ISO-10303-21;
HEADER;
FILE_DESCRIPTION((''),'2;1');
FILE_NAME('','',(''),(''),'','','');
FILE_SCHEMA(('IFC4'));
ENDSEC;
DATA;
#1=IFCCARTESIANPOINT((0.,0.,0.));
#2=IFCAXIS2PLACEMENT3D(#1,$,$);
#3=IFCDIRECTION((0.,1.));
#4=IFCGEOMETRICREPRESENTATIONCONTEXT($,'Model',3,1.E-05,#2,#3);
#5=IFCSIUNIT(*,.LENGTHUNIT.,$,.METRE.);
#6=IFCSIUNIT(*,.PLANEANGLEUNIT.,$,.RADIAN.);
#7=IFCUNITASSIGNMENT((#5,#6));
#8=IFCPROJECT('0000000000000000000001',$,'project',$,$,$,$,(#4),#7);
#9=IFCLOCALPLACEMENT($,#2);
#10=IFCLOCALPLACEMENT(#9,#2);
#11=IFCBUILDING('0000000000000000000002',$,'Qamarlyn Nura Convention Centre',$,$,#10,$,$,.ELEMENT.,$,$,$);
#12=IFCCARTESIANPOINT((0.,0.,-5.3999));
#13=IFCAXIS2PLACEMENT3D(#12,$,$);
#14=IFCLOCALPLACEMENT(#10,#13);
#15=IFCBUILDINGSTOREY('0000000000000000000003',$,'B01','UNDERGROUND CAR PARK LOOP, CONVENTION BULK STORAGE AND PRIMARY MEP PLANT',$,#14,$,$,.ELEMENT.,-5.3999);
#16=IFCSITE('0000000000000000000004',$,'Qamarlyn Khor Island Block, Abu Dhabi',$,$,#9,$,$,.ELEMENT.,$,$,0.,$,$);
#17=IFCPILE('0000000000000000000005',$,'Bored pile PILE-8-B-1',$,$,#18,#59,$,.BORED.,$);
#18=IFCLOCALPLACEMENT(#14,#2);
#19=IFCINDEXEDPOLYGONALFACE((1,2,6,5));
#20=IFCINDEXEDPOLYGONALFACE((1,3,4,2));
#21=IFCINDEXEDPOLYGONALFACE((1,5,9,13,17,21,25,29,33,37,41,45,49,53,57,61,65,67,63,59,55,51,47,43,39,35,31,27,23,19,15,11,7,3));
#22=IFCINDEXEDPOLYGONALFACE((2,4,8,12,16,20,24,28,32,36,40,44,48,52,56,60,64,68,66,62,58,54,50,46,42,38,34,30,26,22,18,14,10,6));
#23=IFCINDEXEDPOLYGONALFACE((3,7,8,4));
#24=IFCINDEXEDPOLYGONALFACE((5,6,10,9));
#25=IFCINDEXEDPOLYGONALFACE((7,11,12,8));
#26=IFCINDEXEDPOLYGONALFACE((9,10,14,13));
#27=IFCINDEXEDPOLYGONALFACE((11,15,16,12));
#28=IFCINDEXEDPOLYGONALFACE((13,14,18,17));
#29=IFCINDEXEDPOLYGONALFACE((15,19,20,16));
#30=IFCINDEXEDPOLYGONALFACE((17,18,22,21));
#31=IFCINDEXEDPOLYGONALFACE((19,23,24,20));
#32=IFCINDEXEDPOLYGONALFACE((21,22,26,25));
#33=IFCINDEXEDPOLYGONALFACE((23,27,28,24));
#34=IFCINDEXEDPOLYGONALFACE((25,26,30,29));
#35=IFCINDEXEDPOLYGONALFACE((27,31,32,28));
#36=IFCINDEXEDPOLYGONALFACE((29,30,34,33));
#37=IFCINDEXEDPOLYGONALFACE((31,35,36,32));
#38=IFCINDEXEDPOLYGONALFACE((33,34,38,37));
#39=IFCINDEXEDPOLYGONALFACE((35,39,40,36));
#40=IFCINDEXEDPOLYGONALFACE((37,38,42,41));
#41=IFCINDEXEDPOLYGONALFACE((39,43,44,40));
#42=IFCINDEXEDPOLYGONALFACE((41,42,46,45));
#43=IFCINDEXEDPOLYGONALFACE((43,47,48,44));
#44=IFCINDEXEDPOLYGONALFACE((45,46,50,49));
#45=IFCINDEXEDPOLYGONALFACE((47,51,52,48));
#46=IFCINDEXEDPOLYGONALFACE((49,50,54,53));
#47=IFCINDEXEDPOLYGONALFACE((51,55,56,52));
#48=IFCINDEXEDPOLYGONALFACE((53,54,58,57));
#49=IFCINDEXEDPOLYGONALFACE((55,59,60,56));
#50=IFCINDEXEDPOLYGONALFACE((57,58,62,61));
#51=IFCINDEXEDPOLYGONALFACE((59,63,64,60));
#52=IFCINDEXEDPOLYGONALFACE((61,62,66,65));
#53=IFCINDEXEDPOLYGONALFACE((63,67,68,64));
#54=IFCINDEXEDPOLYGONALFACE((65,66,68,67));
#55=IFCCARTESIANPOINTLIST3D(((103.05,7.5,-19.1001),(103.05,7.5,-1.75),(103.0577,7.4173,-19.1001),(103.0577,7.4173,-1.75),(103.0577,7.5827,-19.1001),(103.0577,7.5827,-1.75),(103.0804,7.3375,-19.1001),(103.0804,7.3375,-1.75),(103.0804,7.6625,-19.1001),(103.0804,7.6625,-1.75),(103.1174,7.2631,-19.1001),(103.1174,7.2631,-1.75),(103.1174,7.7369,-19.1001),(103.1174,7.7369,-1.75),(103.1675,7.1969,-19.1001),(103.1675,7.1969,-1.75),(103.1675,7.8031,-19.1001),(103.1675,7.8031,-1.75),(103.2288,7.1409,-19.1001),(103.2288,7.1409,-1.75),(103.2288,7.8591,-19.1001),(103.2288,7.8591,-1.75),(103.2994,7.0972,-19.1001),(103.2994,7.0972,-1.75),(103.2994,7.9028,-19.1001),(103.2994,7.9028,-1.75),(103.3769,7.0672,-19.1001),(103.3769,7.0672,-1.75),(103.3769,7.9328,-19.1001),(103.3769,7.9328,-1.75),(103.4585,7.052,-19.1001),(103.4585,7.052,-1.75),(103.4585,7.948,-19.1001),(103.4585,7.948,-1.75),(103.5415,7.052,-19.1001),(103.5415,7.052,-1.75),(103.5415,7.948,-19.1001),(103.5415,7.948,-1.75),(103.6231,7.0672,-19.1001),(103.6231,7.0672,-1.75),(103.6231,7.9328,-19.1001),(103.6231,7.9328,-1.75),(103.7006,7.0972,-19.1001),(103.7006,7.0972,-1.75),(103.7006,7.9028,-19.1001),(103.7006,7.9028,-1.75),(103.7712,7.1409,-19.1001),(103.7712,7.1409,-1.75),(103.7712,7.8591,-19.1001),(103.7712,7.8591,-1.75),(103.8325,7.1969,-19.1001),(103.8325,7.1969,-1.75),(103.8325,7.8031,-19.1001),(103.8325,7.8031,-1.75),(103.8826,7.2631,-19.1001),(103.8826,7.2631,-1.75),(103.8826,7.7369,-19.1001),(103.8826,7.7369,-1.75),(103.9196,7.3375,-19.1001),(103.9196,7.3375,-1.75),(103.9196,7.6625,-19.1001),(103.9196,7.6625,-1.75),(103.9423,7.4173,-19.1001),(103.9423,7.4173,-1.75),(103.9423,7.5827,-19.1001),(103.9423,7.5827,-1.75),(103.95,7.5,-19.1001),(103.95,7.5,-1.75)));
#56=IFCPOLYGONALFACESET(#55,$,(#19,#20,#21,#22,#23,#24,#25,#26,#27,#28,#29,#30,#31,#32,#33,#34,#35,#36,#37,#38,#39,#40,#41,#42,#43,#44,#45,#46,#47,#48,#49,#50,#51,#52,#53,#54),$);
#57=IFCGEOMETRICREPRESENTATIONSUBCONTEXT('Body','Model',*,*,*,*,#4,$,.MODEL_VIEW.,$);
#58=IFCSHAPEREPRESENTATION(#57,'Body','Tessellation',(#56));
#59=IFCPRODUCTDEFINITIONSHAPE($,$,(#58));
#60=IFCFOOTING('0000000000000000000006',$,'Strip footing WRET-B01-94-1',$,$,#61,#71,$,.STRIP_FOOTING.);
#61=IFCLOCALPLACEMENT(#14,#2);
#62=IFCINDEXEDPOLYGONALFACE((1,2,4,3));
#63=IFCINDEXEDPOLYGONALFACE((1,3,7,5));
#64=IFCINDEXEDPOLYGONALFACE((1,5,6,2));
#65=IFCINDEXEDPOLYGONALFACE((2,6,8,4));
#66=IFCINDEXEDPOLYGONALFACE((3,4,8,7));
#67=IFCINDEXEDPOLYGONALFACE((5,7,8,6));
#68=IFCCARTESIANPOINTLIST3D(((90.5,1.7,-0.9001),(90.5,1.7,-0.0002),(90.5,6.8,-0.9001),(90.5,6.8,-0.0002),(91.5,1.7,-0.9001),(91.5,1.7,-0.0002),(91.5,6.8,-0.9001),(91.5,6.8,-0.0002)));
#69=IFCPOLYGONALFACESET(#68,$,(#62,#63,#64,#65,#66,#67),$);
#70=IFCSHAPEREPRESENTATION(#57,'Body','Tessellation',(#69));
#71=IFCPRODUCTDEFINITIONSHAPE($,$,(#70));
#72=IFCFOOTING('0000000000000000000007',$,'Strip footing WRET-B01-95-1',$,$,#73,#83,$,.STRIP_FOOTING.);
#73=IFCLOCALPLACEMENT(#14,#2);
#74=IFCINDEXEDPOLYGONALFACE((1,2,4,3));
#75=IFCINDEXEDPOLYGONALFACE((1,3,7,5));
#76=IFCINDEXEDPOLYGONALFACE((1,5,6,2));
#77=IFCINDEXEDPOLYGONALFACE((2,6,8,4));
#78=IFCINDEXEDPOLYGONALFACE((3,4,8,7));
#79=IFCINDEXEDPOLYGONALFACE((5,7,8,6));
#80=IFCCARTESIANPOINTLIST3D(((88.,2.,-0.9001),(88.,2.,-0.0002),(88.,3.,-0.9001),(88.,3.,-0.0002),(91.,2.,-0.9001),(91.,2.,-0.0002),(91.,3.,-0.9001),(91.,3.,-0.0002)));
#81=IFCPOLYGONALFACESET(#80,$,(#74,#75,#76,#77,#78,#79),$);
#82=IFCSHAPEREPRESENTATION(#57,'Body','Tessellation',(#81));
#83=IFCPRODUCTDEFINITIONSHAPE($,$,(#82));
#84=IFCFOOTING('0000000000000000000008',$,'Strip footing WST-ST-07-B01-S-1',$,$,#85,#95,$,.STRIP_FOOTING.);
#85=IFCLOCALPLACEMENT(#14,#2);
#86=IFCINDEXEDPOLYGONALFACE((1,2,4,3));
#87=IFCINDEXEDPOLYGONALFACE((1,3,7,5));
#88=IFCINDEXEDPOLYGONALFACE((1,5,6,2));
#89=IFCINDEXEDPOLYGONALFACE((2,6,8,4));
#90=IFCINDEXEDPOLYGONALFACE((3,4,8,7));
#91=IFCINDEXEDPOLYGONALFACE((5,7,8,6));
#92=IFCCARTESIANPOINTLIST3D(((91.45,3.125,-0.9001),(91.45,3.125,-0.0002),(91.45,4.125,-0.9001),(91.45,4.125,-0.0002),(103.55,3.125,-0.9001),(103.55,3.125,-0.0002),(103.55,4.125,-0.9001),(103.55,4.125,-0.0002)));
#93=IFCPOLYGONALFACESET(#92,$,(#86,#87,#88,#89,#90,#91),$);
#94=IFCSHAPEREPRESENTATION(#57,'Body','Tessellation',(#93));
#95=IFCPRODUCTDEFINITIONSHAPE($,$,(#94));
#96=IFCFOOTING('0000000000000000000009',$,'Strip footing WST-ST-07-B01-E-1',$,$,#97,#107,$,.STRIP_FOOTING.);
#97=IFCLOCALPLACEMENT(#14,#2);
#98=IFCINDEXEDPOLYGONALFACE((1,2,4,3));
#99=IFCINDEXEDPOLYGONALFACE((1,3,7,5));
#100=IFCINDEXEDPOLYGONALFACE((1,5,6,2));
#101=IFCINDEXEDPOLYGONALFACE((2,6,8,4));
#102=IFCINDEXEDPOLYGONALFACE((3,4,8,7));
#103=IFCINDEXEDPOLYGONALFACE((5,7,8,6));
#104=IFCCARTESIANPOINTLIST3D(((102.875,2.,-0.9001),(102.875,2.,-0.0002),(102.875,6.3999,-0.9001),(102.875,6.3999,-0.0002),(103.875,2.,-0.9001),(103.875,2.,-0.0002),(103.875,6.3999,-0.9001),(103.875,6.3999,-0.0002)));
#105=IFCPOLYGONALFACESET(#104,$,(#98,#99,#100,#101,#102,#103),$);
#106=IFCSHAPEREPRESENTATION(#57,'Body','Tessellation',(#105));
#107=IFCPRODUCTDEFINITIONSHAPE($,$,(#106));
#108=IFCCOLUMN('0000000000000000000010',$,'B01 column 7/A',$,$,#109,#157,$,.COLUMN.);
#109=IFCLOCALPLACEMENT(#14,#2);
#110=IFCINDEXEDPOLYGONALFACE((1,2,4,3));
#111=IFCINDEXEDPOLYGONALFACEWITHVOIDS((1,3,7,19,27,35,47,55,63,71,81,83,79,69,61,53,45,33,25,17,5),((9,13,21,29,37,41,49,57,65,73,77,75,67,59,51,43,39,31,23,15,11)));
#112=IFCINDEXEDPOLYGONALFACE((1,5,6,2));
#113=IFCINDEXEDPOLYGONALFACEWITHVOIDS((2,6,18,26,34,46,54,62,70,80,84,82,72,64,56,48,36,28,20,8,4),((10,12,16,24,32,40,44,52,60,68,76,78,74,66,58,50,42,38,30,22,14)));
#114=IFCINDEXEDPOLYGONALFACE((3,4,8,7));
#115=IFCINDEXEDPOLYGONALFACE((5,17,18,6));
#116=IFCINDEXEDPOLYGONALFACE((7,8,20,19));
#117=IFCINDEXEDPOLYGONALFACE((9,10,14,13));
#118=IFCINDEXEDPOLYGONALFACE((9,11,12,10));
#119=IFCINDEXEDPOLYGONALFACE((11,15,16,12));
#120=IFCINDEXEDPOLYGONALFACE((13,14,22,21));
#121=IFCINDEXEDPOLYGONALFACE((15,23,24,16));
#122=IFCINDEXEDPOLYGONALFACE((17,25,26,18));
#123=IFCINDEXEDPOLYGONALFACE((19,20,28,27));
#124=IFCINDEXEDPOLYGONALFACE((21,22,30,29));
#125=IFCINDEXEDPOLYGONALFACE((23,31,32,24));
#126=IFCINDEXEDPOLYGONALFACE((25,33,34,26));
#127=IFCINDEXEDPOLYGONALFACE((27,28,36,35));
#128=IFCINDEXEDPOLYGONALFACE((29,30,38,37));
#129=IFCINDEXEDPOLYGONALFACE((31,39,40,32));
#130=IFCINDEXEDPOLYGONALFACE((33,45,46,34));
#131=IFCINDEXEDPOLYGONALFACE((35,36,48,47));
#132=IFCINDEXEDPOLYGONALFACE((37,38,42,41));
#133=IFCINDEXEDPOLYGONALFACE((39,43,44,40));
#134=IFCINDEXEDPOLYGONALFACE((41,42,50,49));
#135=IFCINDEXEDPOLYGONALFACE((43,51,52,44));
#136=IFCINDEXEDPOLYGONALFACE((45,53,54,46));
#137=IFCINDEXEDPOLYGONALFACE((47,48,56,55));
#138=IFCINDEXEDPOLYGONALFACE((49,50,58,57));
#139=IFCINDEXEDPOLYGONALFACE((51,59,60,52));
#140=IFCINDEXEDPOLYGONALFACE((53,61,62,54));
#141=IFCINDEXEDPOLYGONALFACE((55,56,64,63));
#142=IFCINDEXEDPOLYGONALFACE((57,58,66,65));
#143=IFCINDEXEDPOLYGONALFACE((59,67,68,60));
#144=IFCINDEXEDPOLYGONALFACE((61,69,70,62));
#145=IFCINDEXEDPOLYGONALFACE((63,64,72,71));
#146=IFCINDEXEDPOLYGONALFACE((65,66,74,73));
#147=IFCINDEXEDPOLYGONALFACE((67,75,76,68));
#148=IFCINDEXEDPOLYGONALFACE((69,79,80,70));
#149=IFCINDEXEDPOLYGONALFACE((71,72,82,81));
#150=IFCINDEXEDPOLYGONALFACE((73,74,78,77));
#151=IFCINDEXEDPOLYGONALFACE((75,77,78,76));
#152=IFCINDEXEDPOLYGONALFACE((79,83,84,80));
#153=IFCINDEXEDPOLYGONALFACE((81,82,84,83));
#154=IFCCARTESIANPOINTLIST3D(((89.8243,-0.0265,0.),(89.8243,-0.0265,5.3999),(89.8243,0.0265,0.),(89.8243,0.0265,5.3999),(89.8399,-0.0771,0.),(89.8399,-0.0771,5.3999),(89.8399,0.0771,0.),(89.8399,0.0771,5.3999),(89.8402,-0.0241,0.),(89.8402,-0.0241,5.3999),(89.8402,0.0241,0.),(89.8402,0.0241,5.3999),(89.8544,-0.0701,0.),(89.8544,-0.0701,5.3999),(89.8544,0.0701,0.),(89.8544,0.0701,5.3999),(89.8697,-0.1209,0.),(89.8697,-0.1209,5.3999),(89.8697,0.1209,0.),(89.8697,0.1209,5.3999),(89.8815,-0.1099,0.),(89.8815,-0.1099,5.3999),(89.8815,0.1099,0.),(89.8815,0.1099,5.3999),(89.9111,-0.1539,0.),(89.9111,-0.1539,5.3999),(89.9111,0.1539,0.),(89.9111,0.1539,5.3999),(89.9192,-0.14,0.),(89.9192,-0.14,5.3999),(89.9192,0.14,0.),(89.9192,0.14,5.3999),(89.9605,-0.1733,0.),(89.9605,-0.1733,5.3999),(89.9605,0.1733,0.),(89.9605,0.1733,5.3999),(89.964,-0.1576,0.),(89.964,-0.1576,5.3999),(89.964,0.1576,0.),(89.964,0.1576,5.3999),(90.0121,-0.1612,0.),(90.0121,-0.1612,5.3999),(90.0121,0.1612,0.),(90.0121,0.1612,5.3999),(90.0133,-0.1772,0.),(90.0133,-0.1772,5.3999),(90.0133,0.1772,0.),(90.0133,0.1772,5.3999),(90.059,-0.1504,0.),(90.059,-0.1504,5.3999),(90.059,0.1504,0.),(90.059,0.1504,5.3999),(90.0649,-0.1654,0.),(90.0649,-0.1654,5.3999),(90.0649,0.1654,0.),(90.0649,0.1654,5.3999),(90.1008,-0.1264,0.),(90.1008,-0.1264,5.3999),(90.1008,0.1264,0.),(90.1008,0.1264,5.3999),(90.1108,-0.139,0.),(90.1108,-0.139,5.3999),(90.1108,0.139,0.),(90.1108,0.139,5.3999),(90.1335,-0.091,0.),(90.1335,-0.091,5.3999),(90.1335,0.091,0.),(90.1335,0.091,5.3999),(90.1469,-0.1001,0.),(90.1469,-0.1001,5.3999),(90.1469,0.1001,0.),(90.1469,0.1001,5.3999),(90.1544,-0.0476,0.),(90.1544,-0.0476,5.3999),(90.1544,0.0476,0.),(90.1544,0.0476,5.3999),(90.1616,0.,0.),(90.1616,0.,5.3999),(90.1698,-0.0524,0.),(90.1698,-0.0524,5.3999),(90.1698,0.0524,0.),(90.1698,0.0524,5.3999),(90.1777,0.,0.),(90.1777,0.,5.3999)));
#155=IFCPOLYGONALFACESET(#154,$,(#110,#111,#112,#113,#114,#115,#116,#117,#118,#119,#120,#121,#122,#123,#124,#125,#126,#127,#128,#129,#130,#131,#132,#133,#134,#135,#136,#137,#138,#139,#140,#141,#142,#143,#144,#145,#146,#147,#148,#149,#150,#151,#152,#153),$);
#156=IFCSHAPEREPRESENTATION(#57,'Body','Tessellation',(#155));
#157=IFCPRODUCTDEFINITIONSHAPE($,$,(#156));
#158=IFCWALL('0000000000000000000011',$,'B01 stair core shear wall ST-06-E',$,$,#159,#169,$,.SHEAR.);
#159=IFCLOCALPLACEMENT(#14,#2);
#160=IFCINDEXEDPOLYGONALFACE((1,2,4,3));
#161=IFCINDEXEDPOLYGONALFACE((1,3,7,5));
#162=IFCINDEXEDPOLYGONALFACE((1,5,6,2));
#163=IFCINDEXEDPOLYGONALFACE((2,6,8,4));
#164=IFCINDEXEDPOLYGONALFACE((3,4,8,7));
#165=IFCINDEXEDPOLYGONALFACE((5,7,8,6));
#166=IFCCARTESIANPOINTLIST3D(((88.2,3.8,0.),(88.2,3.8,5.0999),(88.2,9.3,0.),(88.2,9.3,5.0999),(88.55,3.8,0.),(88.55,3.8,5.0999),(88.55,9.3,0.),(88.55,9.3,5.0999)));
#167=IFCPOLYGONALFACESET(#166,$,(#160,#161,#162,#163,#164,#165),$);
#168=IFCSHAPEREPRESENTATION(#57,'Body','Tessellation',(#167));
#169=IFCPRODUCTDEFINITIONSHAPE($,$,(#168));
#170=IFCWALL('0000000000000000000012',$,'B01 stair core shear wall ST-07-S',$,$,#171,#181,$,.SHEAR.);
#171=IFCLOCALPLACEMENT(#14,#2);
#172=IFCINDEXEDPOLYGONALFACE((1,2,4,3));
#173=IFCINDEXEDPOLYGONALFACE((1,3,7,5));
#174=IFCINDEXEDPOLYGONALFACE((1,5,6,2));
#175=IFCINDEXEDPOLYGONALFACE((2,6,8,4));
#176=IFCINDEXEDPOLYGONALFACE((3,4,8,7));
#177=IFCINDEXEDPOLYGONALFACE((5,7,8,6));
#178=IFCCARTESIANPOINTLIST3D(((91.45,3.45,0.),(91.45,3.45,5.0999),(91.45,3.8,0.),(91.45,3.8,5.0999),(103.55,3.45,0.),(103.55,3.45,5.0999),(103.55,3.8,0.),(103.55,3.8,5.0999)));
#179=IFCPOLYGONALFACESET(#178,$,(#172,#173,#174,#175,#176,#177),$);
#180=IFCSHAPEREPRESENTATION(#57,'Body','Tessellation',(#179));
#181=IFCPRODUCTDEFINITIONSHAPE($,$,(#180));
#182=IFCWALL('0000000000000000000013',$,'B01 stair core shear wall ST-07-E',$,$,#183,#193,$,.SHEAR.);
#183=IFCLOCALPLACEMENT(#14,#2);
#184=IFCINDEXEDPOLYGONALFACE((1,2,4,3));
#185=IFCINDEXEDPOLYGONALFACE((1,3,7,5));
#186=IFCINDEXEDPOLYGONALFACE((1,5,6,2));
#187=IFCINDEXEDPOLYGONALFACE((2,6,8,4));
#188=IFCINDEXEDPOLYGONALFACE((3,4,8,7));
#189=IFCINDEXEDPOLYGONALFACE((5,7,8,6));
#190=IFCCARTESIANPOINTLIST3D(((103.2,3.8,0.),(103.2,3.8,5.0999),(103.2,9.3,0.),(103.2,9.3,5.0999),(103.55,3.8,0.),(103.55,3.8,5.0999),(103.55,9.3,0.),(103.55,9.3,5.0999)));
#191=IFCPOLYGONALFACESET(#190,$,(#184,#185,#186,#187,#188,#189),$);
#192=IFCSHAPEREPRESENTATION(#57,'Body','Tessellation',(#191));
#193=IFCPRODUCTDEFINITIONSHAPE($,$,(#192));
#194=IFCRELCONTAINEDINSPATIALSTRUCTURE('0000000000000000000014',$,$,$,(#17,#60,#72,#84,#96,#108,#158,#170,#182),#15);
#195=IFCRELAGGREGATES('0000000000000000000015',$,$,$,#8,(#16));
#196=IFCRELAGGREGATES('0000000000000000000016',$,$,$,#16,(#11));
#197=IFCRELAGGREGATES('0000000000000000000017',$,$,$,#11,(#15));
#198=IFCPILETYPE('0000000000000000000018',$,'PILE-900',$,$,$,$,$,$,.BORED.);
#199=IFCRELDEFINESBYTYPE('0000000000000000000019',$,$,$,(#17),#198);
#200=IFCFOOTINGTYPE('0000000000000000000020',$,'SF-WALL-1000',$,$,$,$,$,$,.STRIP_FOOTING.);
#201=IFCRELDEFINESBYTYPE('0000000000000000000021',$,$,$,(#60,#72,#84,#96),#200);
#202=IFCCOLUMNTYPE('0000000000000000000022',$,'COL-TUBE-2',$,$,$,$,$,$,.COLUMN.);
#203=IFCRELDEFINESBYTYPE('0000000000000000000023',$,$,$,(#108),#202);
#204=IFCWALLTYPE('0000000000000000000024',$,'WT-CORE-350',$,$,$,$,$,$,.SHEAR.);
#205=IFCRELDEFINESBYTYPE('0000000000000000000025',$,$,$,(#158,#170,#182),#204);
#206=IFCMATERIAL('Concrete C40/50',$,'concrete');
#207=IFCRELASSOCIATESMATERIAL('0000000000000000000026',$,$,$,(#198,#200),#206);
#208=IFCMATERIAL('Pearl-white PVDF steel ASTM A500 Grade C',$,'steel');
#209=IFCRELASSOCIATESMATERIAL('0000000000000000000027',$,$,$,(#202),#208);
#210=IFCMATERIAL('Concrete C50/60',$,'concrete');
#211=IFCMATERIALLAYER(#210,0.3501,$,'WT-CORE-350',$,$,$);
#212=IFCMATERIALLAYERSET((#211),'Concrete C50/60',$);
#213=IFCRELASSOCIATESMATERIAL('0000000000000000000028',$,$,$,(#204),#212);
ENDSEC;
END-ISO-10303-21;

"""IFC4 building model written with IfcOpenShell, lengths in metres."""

from ifc_helpers import new_model, si_unit, direction, frame, frame_2d, origin, origin_2d, place, context, subcontext, project, spatial, rectangle, circle, hollow_circle, extrude, material, layer, layer_set, material_profile, profile_set, type_object, element, save


model = new_model("IFC4")

# Units and contexts
model_context = context("Model", 3, precision=1e-05, world=origin(), true_north=direction((0.0, 1.0)))
body_context = subcontext(model_context, "Body", "Model", "MODEL_VIEW")
ifc_project = project(units=[si_unit("LENGTHUNIT", "METRE"), si_unit("PLANEANGLEUNIT", "RADIAN")], contexts=[model_context])

# Site, building, storey
site_placement = place(None, origin())
site = spatial("IfcSite", under=ifc_project, at=site_placement, Name="Qamarlyn Khor Island Block, Abu Dhabi", CompositionType="ELEMENT", RefElevation=0.0)
building_placement = place(site_placement, origin())
building = spatial("IfcBuilding", under=site, at=building_placement, Name="Qamarlyn Nura Convention Centre", CompositionType="ELEMENT")
storey_placement = place(building_placement, frame((0.0, 0.0, -5.3999)))
storey = spatial("IfcBuildingStorey", under=building, at=storey_placement, Name="B01", Description="UNDERGROUND CAR PARK LOOP, CONVENTION BULK STORAGE AND PRIMARY MEP PLANT", CompositionType="ELEMENT", Elevation=-5.3999)

# Shared definitions
ifc_material_1 = material(Name="Concrete C40/50", Category="concrete")

# Pile
ifc_material_profile_1 = material_profile(ifc_material_1, circle(Radius=0.45, at=origin_2d()), Name="BORED PILE 900")
ifc_profile_set_1 = profile_set([ifc_material_profile_1], Name="Concrete C40/50")
pile_type = type_object("IfcPileType", Name="PILE-900", PredefinedType="BORED", material=ifc_profile_set_1)
for number, where, z_axis, x_axis, name in (
    (1, (103.5, 7.5, -1.75), (0.0, 0.0, -1.0), (1.0, 0.0, 0.0), "Bored pile PILE-8-B-1"),
):
    element("IfcPile", number, at=place(storey_placement, frame(where, z_axis=z_axis, x_axis=x_axis)), inside=storey, type_object=pile_type, Name=name, PredefinedType="BORED", context=body_context, shape_type="SweptSolid", body=[
        extrude(circle(Radius=0.45, at=origin_2d()), origin(), (0.0, 0.0, 1.0), 17.3501),
    ])

# Footings
ifc_material_profile_2 = material_profile(ifc_material_1, rectangle(XDim=1.0, YDim=0.8999, at=origin_2d()), Name="RC STRIP 1000x900")
ifc_profile_set_2 = profile_set([ifc_material_profile_2], Name="Concrete C40/50")
footing_type_1 = type_object("IfcFootingType", Name="SF-WALL-1000", PredefinedType="STRIP_FOOTING", material=ifc_profile_set_2)
footing_1_placement = place(storey_placement, frame((91.0, 1.7, -0.4502), z_axis=(0.0, 1.0, 0.0), x_axis=(-1.0, 0.0, 0.0)))
element("IfcFooting", 2, at=footing_1_placement, inside=storey, type_object=footing_type_1, Name="Strip footing WRET-B01-94-1", PredefinedType="STRIP_FOOTING", context=body_context, shape_type="SweptSolid", body=[
    extrude(rectangle(XDim=1.0, YDim=0.8999, at=origin_2d()), origin(), (0.0, 0.0, 1.0), 5.1001),
])
footing_2_placement = place(storey_placement, frame((91.0, 2.5, -0.4502), z_axis=(-1.0, 0.0, 0.0), x_axis=(0.0, -1.0, 0.0)))
element("IfcFooting", 3, at=footing_2_placement, inside=storey, type_object=footing_type_1, Name="Strip footing WRET-B01-95-1", PredefinedType="STRIP_FOOTING", context=body_context, shape_type="SweptSolid", body=[
    extrude(rectangle(XDim=1.0, YDim=0.8999, at=origin_2d()), origin(), (0.0, 0.0, 1.0), 3.0),
])
footing_3_placement = place(storey_placement, frame((91.45, 3.625, -0.4502), z_axis=(1.0, 0.0, 0.0), x_axis=(0.0, 1.0, 0.0)))
element("IfcFooting", 4, at=footing_3_placement, inside=storey, type_object=footing_type_1, Name="Strip footing WST-ST-07-B01-S-1", PredefinedType="STRIP_FOOTING", context=body_context, shape_type="SweptSolid", body=[
    extrude(rectangle(XDim=1.0, YDim=0.8999, at=origin_2d()), origin(), (0.0, 0.0, 1.0), 12.1001),
])
footing_4_placement = place(storey_placement, frame((103.375, 2.0, -0.4502), z_axis=(0.0, 1.0, 0.0), x_axis=(-1.0, 0.0, 0.0)))
element("IfcFooting", 5, at=footing_4_placement, inside=storey, type_object=footing_type_1, Name="Strip footing WST-ST-07-B01-E-1", PredefinedType="STRIP_FOOTING", context=body_context, shape_type="SweptSolid", body=[
    extrude(rectangle(XDim=1.0, YDim=0.8999, at=origin_2d()), origin(), (0.0, 0.0, 1.0), 4.3999),
])

# Column
ifc_material_2 = material(Name="Pearl-white PVDF steel ASTM A500 Grade C", Category="steel")
ifc_material_profile_3 = material_profile(ifc_material_2, hollow_circle(Radius=0.1777, WallThickness=0.0161, at=origin_2d()), Name="CHS355.6X16")
ifc_profile_set_3 = profile_set([ifc_material_profile_3], Name="Pearl-white PVDF steel ASTM A500 Grade C")
column_type = type_object("IfcColumnType", Name="COL-TUBE-2", PredefinedType="COLUMN", material=ifc_profile_set_3)
column_placement = place(storey_placement, frame((90.0, 0.0, 0.0), z_axis=(0.0, 0.0, 1.0), x_axis=(1.0, 0.0, 0.0)))
element("IfcColumn", 6, at=column_placement, inside=storey, type_object=column_type, Name="B01 column 7/A", PredefinedType="COLUMN", context=body_context, shape_type="SweptSolid", body=[
    extrude(hollow_circle(Radius=0.1777, WallThickness=0.0161, at=origin_2d()), origin(), (0.0, 0.0, 1.0), 5.3999),
])

# Walls
ifc_material_3 = material(Name="Concrete C50/60", Category="concrete")
ifc_layer_1 = layer(ifc_material_3, 0.3501, Name="WT-CORE-350")
ifc_layer_set_1 = layer_set([ifc_layer_1], Name="Concrete C50/60")
wall_type_1 = type_object("IfcWallType", Name="WT-CORE-350", PredefinedType="SHEAR", material=ifc_layer_set_1)
wall_1_placement = place(storey_placement, frame((88.375, 3.8, 0.0), z_axis=(0.0, 0.0, 1.0), x_axis=(0.0, 1.0, 0.0)))
element("IfcWall", 7, at=wall_1_placement, inside=storey, type_object=wall_type_1, Name="B01 stair core shear wall ST-06-E", PredefinedType="SHEAR", context=body_context, shape_type="SweptSolid", body=[
    extrude(rectangle(XDim=5.5, YDim=0.3501, at=frame_2d((2.75, 0.0))), origin(), (0.0, 0.0, 1.0), 5.0999),
])
wall_2_placement = place(storey_placement, frame((91.45, 3.625, 0.0), z_axis=(0.0, 0.0, 1.0), x_axis=(1.0, 0.0, 0.0)))
element("IfcWall", 8, at=wall_2_placement, inside=storey, type_object=wall_type_1, Name="B01 stair core shear wall ST-07-S", PredefinedType="SHEAR", context=body_context, shape_type="SweptSolid", body=[
    extrude(rectangle(XDim=12.1001, YDim=0.3501, at=frame_2d((6.05, 0.0))), origin(), (0.0, 0.0, 1.0), 5.0999),
])
wall_3_placement = place(storey_placement, frame((103.375, 3.8, 0.0), z_axis=(0.0, 0.0, 1.0), x_axis=(0.0, 1.0, 0.0)))
element("IfcWall", 9, at=wall_3_placement, inside=storey, type_object=wall_type_1, Name="B01 stair core shear wall ST-07-E", PredefinedType="SHEAR", context=body_context, shape_type="SweptSolid", body=[
    extrude(rectangle(XDim=5.5, YDim=0.3501, at=frame_2d((2.75, 0.0))), origin(), (0.0, 0.0, 1.0), 5.0999),
])

save(model, "model.ifc")
